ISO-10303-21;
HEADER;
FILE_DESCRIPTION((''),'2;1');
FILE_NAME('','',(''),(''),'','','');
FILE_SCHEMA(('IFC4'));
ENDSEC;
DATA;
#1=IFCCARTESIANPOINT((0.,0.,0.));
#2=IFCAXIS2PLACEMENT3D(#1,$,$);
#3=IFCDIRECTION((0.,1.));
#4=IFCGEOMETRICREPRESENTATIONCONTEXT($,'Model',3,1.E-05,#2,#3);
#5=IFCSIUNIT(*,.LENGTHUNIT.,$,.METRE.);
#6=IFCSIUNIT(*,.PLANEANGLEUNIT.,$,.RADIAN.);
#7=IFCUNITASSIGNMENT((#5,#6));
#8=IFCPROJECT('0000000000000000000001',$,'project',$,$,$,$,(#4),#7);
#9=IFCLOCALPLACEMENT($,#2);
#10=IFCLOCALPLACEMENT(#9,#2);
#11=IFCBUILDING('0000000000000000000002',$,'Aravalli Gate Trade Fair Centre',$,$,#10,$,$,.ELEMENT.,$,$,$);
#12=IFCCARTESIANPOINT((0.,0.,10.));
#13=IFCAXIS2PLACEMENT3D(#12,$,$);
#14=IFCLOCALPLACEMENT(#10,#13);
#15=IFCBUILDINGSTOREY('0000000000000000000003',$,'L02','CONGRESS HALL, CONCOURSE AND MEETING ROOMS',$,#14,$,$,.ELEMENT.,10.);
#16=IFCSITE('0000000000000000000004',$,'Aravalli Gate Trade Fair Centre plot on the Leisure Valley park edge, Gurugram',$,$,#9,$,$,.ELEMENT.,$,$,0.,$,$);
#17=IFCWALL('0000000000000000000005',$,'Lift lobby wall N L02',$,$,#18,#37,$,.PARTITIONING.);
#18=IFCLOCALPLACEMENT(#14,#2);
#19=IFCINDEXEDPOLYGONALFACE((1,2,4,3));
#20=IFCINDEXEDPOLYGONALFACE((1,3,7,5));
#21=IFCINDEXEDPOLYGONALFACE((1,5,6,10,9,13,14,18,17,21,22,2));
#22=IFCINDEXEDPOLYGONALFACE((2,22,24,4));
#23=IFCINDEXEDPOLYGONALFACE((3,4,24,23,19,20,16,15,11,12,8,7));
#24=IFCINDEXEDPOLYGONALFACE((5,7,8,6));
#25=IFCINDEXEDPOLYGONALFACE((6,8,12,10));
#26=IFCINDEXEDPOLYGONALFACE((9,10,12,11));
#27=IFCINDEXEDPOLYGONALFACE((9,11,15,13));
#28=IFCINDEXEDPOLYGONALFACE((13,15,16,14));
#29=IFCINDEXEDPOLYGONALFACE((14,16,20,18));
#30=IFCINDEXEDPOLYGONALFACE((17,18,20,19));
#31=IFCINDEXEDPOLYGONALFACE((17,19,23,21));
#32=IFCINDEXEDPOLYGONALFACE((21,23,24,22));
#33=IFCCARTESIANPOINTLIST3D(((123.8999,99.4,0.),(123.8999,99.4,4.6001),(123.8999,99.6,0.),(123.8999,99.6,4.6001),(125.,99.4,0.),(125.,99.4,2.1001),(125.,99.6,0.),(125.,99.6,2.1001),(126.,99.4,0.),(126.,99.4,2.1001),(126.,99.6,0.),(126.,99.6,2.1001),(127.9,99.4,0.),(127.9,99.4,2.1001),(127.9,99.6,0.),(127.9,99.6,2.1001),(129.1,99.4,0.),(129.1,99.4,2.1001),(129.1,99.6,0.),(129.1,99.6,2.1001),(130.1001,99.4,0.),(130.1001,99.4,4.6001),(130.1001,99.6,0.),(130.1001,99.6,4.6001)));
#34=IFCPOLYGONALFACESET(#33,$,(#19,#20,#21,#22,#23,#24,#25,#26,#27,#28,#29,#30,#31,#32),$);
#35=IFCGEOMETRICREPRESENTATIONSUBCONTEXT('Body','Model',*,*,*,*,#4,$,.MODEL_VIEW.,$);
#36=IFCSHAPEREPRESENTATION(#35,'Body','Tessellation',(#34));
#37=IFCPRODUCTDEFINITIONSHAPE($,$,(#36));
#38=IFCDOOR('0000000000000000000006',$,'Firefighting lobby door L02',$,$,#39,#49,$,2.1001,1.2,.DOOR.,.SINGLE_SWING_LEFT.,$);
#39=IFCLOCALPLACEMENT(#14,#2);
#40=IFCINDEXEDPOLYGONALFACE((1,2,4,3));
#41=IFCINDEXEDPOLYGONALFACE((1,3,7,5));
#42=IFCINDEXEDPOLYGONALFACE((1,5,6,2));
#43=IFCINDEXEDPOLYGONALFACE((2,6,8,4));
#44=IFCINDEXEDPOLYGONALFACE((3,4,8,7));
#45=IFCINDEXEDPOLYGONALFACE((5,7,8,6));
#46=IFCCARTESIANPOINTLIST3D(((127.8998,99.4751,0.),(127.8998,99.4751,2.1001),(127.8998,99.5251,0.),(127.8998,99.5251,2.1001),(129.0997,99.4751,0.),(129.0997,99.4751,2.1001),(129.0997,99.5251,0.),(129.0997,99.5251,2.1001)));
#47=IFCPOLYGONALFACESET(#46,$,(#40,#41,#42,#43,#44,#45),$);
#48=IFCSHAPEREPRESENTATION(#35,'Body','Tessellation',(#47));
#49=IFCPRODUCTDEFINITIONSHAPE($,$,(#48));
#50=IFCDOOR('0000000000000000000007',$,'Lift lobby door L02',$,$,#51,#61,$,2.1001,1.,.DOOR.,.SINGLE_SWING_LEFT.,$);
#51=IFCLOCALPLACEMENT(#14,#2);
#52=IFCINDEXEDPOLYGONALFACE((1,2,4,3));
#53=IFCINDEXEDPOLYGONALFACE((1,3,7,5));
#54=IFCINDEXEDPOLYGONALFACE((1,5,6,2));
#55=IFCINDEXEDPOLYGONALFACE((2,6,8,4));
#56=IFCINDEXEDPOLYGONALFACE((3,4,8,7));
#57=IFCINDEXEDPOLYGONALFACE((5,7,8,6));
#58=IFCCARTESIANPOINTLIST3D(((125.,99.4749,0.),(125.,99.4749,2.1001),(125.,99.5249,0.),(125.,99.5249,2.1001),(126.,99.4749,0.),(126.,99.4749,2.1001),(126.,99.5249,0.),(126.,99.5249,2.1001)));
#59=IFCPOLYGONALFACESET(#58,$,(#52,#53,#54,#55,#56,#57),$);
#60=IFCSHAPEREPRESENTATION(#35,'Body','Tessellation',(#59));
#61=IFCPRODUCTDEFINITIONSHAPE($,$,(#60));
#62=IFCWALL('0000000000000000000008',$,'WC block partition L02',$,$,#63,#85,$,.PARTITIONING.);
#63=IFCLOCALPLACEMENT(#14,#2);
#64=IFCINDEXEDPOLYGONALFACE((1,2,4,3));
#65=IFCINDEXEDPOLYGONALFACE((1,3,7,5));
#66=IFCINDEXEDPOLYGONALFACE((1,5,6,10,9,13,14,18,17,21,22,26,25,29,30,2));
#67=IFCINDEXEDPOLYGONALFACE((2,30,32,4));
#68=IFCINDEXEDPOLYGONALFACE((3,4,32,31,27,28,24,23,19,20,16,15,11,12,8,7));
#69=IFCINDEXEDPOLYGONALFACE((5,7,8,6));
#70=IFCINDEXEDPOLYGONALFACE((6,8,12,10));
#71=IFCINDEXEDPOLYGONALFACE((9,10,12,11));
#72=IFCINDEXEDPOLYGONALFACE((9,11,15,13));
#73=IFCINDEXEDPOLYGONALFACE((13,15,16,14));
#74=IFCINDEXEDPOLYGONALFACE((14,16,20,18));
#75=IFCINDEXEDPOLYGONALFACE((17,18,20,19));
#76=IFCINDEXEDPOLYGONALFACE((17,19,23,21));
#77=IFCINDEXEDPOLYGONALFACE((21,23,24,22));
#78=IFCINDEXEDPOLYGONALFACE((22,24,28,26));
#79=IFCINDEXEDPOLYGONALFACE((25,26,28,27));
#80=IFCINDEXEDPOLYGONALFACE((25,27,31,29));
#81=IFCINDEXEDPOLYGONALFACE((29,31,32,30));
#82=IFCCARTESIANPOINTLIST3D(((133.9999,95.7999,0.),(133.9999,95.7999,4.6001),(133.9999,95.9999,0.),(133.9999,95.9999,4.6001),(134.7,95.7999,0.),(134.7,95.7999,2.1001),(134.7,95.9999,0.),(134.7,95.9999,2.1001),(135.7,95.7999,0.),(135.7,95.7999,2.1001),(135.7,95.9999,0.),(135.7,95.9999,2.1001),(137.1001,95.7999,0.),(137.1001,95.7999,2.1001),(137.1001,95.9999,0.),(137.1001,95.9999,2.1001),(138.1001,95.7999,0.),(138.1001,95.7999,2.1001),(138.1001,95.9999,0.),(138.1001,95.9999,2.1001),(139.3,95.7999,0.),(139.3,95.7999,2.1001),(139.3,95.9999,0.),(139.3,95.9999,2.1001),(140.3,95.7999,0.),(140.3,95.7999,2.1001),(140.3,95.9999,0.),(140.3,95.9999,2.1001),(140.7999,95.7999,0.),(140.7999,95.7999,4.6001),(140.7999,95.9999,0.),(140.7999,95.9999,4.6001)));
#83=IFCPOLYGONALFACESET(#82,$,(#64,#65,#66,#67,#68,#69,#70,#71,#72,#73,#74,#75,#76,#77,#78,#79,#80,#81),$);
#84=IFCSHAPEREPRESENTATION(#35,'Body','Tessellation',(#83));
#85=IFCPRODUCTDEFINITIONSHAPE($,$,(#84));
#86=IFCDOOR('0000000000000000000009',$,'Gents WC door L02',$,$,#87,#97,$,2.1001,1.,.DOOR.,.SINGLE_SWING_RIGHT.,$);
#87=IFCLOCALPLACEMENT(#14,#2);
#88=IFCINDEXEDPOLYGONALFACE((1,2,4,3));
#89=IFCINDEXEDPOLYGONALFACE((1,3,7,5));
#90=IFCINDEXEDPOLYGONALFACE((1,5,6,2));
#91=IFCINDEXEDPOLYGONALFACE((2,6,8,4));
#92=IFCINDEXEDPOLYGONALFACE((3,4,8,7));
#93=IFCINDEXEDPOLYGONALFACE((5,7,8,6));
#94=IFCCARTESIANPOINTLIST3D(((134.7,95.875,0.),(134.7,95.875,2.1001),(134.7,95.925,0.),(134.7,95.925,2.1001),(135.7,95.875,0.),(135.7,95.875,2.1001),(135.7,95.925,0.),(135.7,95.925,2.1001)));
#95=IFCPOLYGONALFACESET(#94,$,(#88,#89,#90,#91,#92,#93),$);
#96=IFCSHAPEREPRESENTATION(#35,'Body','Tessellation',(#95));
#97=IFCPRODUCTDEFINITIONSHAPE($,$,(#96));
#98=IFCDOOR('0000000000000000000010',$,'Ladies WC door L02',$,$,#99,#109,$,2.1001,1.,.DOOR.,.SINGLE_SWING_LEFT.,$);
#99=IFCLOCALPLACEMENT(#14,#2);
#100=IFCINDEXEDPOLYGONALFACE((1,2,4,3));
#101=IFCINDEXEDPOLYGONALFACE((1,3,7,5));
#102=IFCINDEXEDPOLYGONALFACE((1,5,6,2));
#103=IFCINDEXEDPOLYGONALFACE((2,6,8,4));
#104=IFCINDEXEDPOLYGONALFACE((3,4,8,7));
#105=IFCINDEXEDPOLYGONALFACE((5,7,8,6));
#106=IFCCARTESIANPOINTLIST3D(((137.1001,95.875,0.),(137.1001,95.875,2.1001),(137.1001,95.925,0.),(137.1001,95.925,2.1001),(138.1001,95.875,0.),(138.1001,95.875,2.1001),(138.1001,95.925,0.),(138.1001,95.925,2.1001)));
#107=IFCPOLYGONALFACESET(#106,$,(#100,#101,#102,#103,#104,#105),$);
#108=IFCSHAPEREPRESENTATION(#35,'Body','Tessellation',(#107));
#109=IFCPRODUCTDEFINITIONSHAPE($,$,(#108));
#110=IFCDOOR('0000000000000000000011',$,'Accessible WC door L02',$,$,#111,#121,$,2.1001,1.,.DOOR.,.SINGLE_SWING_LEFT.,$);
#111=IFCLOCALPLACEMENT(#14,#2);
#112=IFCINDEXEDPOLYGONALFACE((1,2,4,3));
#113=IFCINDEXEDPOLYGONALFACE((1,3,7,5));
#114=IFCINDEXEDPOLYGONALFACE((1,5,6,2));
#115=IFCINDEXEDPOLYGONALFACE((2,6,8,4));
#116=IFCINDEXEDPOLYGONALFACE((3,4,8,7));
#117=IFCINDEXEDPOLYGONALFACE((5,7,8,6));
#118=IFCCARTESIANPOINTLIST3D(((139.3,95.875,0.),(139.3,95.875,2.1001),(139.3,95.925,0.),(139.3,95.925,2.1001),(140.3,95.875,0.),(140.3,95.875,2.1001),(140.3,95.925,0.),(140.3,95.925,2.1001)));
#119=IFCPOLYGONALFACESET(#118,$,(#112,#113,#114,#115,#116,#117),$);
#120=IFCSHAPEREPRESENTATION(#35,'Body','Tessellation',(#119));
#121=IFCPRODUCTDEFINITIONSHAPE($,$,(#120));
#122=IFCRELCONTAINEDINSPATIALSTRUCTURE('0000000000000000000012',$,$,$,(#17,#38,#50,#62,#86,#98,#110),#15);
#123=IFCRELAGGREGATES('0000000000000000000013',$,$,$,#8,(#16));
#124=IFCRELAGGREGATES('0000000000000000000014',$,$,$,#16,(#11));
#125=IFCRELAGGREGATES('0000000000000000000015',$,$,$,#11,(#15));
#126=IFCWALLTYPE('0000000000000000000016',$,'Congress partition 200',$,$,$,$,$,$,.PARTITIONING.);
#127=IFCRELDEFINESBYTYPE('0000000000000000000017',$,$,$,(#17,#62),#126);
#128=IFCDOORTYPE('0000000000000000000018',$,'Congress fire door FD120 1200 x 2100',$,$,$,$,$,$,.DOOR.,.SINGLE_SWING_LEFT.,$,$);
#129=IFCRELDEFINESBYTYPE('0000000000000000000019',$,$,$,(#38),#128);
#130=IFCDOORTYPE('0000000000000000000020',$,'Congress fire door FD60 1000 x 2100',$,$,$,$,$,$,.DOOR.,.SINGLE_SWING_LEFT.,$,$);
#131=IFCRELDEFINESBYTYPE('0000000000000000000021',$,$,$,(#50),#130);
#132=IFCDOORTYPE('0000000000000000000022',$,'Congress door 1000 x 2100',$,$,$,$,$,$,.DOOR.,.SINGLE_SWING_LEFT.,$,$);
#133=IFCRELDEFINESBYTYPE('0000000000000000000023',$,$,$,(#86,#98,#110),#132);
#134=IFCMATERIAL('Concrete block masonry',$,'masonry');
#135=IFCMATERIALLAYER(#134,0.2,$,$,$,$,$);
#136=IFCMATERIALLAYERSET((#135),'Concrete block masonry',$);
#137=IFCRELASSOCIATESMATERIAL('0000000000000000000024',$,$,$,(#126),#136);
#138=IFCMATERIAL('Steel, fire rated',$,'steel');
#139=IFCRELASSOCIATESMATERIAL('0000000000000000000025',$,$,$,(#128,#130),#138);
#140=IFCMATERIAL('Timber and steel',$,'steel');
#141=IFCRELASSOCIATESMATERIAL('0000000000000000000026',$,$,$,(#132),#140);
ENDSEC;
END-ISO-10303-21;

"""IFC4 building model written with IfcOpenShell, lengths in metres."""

from ifc_helpers import new_model, si_unit, direction, frame, frame_2d, origin, place, context, subcontext, project, spatial, rectangle, extrude, material, layer, layer_set, type_object, element, fill, save


model = new_model("IFC4")

# Units and contexts
model_context = context("Model", 3, precision=1e-05, world=origin(), true_north=direction((0.0, 1.0)))
body_context = subcontext(model_context, "Body", "Model", "MODEL_VIEW")
ifc_project = project(units=[si_unit("LENGTHUNIT", "METRE"), si_unit("PLANEANGLEUNIT", "RADIAN")], contexts=[model_context])

# Site, building, storey
site_placement = place(None, origin())
site = spatial("IfcSite", under=ifc_project, at=site_placement, Name="Aravalli Gate Trade Fair Centre plot on the Leisure Valley park edge, Gurugram", CompositionType="ELEMENT", RefElevation=0.0)
building_placement = place(site_placement, origin())
building = spatial("IfcBuilding", under=site, at=building_placement, Name="Aravalli Gate Trade Fair Centre", CompositionType="ELEMENT")
storey_placement = place(building_placement, frame((0.0, 0.0, 10.0)))
storey = spatial("IfcBuildingStorey", under=building, at=storey_placement, Name="L02", Description="CONGRESS HALL, CONCOURSE AND MEETING ROOMS", CompositionType="ELEMENT", Elevation=10.0)

# Shared definitions
ifc_material_1 = material(Name="Concrete block masonry", Category="masonry")
ifc_layer_1 = layer(ifc_material_1, 0.2)
ifc_layer_set_1 = layer_set([ifc_layer_1], Name="Concrete block masonry")
wall_type_1 = type_object("IfcWallType", Name="Congress partition 200", PredefinedType="PARTITIONING", material=ifc_layer_set_1)

# Walls, openings, doors
wall_1_placement = place(storey_placement, frame((123.8999, 99.5, 0.0), z_axis=(0.0, 0.0, 1.0), x_axis=(1.0, 0.0, 0.0)))
wall_1 = element("IfcWall", 1, at=wall_1_placement, inside=storey, type_object=wall_type_1, Name="Lift lobby wall N L02", PredefinedType="PARTITIONING", context=body_context, shape_type="SweptSolid", body=[
    extrude(rectangle(XDim=6.2002, YDim=0.2, at=frame_2d((3.1001, 0.0))), origin(), (0.0, 0.0, 1.0), 4.6001),
])
opening_1_placement = place(wall_1_placement, frame((1.1001, 0.0, 0.0)))
opening_1 = element("IfcOpeningElement", 2, at=opening_1_placement, cuts=wall_1, PredefinedType="OPENING", context=body_context, shape_type="SweptSolid", body=[
    extrude(rectangle(XDim=1.0, YDim=2.1001, at=frame_2d((0.5, 1.05))), frame((0.0, 0.1099, 0.0), z_axis=(0.0, -1.0, 0.0), x_axis=(1.0, 0.0, 0.0)), (0.0, 0.0, 1.0), 0.22),
])
opening_2_placement = place(wall_1_placement, frame((4.0, 0.0, 0.0)))
opening_2 = element("IfcOpeningElement", 3, at=opening_2_placement, cuts=wall_1, PredefinedType="OPENING", context=body_context, shape_type="SweptSolid", body=[
    extrude(rectangle(XDim=1.2, YDim=2.1001, at=frame_2d((0.6001, 1.05))), frame((0.0, 0.1099, 0.0), z_axis=(0.0, -1.0, 0.0), x_axis=(1.0, 0.0, 0.0)), (0.0, 0.0, 1.0), 0.22),
])
ifc_material_2 = material(Name="Steel, fire rated", Category="steel")
door_type_1 = type_object("IfcDoorType", Name="Congress fire door FD120 1200 x 2100", OperationType="SINGLE_SWING_LEFT", PredefinedType="DOOR", material=ifc_material_2)
door_1_placement = place(opening_2_placement, frame((1.2, 0.0, 0.0), z_axis=(0.0, 0.0, 1.0), x_axis=(-1.0, 0.0, 0.0)))
door_1 = element("IfcDoor", 4, at=door_1_placement, inside=storey, type_object=door_type_1, Name="Firefighting lobby door L02", OperationType="SINGLE_SWING_LEFT", OverallHeight=2.1001, OverallWidth=1.2, PredefinedType="DOOR", context=body_context, shape_type="SweptSolid", body=[
    extrude(rectangle(XDim=1.2, YDim=2.1001, at=frame_2d((0.6001, 1.05))), frame((0.0, 0.0249, 0.0), z_axis=(0.0, -1.0, 0.0), x_axis=(1.0, 0.0, 0.0)), (0.0, 0.0, 1.0), 0.05),
])
fill(opening_2, door_1)
door_type_2 = type_object("IfcDoorType", Name="Congress fire door FD60 1000 x 2100", OperationType="SINGLE_SWING_LEFT", PredefinedType="DOOR", material=ifc_material_2)
door_2_placement = place(opening_1_placement, origin())
door_2 = element("IfcDoor", 5, at=door_2_placement, inside=storey, type_object=door_type_2, Name="Lift lobby door L02", OperationType="SINGLE_SWING_LEFT", OverallHeight=2.1001, OverallWidth=1.0, PredefinedType="DOOR", context=body_context, shape_type="SweptSolid", body=[
    extrude(rectangle(XDim=1.0, YDim=2.1001, at=frame_2d((0.5, 1.05))), frame((0.0, 0.0249, 0.0), z_axis=(0.0, -1.0, 0.0), x_axis=(1.0, 0.0, 0.0)), (0.0, 0.0, 1.0), 0.05),
])
fill(opening_1, door_2)
wall_2_placement = place(storey_placement, frame((134.0, 95.8999, 0.0), z_axis=(0.0, 0.0, 1.0), x_axis=(1.0, 0.0, 0.0)))
wall_2 = element("IfcWall", 6, at=wall_2_placement, inside=storey, type_object=wall_type_1, Name="WC block partition L02", PredefinedType="PARTITIONING", context=body_context, shape_type="SweptSolid", body=[
    extrude(rectangle(XDim=6.8, YDim=0.2, at=frame_2d((3.3999, 0.0))), origin(), (0.0, 0.0, 1.0), 4.6001),
])
opening_3_placement = place(wall_2_placement, frame((0.7, 0.0, 0.0)))
opening_3 = element("IfcOpeningElement", 7, at=opening_3_placement, cuts=wall_2, PredefinedType="OPENING", context=body_context, shape_type="SweptSolid", body=[
    extrude(rectangle(XDim=1.0, YDim=2.1001, at=frame_2d((0.5, 1.05))), frame((0.0, 0.1099, 0.0), z_axis=(0.0, -1.0, 0.0), x_axis=(1.0, 0.0, 0.0)), (0.0, 0.0, 1.0), 0.22),
])
opening_4_placement = place(wall_2_placement, frame((3.1001, 0.0, 0.0)))
opening_4 = element("IfcOpeningElement", 8, at=opening_4_placement, cuts=wall_2, PredefinedType="OPENING", context=body_context, shape_type="SweptSolid", body=[
    extrude(rectangle(XDim=1.0, YDim=2.1001, at=frame_2d((0.5, 1.05))), frame((0.0, 0.1099, 0.0), z_axis=(0.0, -1.0, 0.0), x_axis=(1.0, 0.0, 0.0)), (0.0, 0.0, 1.0), 0.22),
])
opening_5_placement = place(wall_2_placement, frame((5.3, 0.0, 0.0)))
opening_5 = element("IfcOpeningElement", 9, at=opening_5_placement, cuts=wall_2, PredefinedType="OPENING", context=body_context, shape_type="SweptSolid", body=[
    extrude(rectangle(XDim=1.0, YDim=2.1001, at=frame_2d((0.5, 1.05))), frame((0.0, 0.1099, 0.0), z_axis=(0.0, -1.0, 0.0), x_axis=(1.0, 0.0, 0.0)), (0.0, 0.0, 1.0), 0.22),
])
ifc_material_3 = material(Name="Timber and steel", Category="steel")
door_type_3 = type_object("IfcDoorType", Name="Congress door 1000 x 2100", OperationType="SINGLE_SWING_LEFT", PredefinedType="DOOR", material=ifc_material_3)
door_3_placement = place(opening_3_placement, frame((1.0, 0.0, 0.0), z_axis=(0.0, 0.0, 1.0), x_axis=(-1.0, 0.0, 0.0)))
door_3 = element("IfcDoor", 10, at=door_3_placement, inside=storey, type_object=door_type_3, Name="Gents WC door L02", OperationType="SINGLE_SWING_RIGHT", OverallHeight=2.1001, OverallWidth=1.0, PredefinedType="DOOR", context=body_context, shape_type="SweptSolid", body=[
    extrude(rectangle(XDim=1.0, YDim=2.1001, at=frame_2d((0.5, 1.05))), frame((0.0, 0.0249, 0.0), z_axis=(0.0, -1.0, 0.0), x_axis=(1.0, 0.0, 0.0)), (0.0, 0.0, 1.0), 0.05),
])
fill(opening_3, door_3)
door_4_placement = place(opening_4_placement, frame((1.0, 0.0, 0.0), z_axis=(0.0, 0.0, 1.0), x_axis=(-1.0, 0.0, 0.0)))
door_4 = element("IfcDoor", 11, at=door_4_placement, inside=storey, type_object=door_type_3, Name="Ladies WC door L02", OperationType="SINGLE_SWING_LEFT", OverallHeight=2.1001, OverallWidth=1.0, PredefinedType="DOOR", context=body_context, shape_type="SweptSolid", body=[
    extrude(rectangle(XDim=1.0, YDim=2.1001, at=frame_2d((0.5, 1.05))), frame((0.0, 0.0249, 0.0), z_axis=(0.0, -1.0, 0.0), x_axis=(1.0, 0.0, 0.0)), (0.0, 0.0, 1.0), 0.05),
])
fill(opening_4, door_4)
door_5_placement = place(opening_5_placement, frame((1.0, 0.0, 0.0), z_axis=(0.0, 0.0, 1.0), x_axis=(-1.0, 0.0, 0.0)))
door_5 = element("IfcDoor", 12, at=door_5_placement, inside=storey, type_object=door_type_3, Name="Accessible WC door L02", OperationType="SINGLE_SWING_LEFT", OverallHeight=2.1001, OverallWidth=1.0, PredefinedType="DOOR", context=body_context, shape_type="SweptSolid", body=[
    extrude(rectangle(XDim=1.0, YDim=2.1001, at=frame_2d((0.5, 1.05))), frame((0.0, 0.0249, 0.0), z_axis=(0.0, -1.0, 0.0), x_axis=(1.0, 0.0, 0.0)), (0.0, 0.0, 1.0), 0.05),
])
fill(opening_5, door_5)

save(model, "model.ifc")
